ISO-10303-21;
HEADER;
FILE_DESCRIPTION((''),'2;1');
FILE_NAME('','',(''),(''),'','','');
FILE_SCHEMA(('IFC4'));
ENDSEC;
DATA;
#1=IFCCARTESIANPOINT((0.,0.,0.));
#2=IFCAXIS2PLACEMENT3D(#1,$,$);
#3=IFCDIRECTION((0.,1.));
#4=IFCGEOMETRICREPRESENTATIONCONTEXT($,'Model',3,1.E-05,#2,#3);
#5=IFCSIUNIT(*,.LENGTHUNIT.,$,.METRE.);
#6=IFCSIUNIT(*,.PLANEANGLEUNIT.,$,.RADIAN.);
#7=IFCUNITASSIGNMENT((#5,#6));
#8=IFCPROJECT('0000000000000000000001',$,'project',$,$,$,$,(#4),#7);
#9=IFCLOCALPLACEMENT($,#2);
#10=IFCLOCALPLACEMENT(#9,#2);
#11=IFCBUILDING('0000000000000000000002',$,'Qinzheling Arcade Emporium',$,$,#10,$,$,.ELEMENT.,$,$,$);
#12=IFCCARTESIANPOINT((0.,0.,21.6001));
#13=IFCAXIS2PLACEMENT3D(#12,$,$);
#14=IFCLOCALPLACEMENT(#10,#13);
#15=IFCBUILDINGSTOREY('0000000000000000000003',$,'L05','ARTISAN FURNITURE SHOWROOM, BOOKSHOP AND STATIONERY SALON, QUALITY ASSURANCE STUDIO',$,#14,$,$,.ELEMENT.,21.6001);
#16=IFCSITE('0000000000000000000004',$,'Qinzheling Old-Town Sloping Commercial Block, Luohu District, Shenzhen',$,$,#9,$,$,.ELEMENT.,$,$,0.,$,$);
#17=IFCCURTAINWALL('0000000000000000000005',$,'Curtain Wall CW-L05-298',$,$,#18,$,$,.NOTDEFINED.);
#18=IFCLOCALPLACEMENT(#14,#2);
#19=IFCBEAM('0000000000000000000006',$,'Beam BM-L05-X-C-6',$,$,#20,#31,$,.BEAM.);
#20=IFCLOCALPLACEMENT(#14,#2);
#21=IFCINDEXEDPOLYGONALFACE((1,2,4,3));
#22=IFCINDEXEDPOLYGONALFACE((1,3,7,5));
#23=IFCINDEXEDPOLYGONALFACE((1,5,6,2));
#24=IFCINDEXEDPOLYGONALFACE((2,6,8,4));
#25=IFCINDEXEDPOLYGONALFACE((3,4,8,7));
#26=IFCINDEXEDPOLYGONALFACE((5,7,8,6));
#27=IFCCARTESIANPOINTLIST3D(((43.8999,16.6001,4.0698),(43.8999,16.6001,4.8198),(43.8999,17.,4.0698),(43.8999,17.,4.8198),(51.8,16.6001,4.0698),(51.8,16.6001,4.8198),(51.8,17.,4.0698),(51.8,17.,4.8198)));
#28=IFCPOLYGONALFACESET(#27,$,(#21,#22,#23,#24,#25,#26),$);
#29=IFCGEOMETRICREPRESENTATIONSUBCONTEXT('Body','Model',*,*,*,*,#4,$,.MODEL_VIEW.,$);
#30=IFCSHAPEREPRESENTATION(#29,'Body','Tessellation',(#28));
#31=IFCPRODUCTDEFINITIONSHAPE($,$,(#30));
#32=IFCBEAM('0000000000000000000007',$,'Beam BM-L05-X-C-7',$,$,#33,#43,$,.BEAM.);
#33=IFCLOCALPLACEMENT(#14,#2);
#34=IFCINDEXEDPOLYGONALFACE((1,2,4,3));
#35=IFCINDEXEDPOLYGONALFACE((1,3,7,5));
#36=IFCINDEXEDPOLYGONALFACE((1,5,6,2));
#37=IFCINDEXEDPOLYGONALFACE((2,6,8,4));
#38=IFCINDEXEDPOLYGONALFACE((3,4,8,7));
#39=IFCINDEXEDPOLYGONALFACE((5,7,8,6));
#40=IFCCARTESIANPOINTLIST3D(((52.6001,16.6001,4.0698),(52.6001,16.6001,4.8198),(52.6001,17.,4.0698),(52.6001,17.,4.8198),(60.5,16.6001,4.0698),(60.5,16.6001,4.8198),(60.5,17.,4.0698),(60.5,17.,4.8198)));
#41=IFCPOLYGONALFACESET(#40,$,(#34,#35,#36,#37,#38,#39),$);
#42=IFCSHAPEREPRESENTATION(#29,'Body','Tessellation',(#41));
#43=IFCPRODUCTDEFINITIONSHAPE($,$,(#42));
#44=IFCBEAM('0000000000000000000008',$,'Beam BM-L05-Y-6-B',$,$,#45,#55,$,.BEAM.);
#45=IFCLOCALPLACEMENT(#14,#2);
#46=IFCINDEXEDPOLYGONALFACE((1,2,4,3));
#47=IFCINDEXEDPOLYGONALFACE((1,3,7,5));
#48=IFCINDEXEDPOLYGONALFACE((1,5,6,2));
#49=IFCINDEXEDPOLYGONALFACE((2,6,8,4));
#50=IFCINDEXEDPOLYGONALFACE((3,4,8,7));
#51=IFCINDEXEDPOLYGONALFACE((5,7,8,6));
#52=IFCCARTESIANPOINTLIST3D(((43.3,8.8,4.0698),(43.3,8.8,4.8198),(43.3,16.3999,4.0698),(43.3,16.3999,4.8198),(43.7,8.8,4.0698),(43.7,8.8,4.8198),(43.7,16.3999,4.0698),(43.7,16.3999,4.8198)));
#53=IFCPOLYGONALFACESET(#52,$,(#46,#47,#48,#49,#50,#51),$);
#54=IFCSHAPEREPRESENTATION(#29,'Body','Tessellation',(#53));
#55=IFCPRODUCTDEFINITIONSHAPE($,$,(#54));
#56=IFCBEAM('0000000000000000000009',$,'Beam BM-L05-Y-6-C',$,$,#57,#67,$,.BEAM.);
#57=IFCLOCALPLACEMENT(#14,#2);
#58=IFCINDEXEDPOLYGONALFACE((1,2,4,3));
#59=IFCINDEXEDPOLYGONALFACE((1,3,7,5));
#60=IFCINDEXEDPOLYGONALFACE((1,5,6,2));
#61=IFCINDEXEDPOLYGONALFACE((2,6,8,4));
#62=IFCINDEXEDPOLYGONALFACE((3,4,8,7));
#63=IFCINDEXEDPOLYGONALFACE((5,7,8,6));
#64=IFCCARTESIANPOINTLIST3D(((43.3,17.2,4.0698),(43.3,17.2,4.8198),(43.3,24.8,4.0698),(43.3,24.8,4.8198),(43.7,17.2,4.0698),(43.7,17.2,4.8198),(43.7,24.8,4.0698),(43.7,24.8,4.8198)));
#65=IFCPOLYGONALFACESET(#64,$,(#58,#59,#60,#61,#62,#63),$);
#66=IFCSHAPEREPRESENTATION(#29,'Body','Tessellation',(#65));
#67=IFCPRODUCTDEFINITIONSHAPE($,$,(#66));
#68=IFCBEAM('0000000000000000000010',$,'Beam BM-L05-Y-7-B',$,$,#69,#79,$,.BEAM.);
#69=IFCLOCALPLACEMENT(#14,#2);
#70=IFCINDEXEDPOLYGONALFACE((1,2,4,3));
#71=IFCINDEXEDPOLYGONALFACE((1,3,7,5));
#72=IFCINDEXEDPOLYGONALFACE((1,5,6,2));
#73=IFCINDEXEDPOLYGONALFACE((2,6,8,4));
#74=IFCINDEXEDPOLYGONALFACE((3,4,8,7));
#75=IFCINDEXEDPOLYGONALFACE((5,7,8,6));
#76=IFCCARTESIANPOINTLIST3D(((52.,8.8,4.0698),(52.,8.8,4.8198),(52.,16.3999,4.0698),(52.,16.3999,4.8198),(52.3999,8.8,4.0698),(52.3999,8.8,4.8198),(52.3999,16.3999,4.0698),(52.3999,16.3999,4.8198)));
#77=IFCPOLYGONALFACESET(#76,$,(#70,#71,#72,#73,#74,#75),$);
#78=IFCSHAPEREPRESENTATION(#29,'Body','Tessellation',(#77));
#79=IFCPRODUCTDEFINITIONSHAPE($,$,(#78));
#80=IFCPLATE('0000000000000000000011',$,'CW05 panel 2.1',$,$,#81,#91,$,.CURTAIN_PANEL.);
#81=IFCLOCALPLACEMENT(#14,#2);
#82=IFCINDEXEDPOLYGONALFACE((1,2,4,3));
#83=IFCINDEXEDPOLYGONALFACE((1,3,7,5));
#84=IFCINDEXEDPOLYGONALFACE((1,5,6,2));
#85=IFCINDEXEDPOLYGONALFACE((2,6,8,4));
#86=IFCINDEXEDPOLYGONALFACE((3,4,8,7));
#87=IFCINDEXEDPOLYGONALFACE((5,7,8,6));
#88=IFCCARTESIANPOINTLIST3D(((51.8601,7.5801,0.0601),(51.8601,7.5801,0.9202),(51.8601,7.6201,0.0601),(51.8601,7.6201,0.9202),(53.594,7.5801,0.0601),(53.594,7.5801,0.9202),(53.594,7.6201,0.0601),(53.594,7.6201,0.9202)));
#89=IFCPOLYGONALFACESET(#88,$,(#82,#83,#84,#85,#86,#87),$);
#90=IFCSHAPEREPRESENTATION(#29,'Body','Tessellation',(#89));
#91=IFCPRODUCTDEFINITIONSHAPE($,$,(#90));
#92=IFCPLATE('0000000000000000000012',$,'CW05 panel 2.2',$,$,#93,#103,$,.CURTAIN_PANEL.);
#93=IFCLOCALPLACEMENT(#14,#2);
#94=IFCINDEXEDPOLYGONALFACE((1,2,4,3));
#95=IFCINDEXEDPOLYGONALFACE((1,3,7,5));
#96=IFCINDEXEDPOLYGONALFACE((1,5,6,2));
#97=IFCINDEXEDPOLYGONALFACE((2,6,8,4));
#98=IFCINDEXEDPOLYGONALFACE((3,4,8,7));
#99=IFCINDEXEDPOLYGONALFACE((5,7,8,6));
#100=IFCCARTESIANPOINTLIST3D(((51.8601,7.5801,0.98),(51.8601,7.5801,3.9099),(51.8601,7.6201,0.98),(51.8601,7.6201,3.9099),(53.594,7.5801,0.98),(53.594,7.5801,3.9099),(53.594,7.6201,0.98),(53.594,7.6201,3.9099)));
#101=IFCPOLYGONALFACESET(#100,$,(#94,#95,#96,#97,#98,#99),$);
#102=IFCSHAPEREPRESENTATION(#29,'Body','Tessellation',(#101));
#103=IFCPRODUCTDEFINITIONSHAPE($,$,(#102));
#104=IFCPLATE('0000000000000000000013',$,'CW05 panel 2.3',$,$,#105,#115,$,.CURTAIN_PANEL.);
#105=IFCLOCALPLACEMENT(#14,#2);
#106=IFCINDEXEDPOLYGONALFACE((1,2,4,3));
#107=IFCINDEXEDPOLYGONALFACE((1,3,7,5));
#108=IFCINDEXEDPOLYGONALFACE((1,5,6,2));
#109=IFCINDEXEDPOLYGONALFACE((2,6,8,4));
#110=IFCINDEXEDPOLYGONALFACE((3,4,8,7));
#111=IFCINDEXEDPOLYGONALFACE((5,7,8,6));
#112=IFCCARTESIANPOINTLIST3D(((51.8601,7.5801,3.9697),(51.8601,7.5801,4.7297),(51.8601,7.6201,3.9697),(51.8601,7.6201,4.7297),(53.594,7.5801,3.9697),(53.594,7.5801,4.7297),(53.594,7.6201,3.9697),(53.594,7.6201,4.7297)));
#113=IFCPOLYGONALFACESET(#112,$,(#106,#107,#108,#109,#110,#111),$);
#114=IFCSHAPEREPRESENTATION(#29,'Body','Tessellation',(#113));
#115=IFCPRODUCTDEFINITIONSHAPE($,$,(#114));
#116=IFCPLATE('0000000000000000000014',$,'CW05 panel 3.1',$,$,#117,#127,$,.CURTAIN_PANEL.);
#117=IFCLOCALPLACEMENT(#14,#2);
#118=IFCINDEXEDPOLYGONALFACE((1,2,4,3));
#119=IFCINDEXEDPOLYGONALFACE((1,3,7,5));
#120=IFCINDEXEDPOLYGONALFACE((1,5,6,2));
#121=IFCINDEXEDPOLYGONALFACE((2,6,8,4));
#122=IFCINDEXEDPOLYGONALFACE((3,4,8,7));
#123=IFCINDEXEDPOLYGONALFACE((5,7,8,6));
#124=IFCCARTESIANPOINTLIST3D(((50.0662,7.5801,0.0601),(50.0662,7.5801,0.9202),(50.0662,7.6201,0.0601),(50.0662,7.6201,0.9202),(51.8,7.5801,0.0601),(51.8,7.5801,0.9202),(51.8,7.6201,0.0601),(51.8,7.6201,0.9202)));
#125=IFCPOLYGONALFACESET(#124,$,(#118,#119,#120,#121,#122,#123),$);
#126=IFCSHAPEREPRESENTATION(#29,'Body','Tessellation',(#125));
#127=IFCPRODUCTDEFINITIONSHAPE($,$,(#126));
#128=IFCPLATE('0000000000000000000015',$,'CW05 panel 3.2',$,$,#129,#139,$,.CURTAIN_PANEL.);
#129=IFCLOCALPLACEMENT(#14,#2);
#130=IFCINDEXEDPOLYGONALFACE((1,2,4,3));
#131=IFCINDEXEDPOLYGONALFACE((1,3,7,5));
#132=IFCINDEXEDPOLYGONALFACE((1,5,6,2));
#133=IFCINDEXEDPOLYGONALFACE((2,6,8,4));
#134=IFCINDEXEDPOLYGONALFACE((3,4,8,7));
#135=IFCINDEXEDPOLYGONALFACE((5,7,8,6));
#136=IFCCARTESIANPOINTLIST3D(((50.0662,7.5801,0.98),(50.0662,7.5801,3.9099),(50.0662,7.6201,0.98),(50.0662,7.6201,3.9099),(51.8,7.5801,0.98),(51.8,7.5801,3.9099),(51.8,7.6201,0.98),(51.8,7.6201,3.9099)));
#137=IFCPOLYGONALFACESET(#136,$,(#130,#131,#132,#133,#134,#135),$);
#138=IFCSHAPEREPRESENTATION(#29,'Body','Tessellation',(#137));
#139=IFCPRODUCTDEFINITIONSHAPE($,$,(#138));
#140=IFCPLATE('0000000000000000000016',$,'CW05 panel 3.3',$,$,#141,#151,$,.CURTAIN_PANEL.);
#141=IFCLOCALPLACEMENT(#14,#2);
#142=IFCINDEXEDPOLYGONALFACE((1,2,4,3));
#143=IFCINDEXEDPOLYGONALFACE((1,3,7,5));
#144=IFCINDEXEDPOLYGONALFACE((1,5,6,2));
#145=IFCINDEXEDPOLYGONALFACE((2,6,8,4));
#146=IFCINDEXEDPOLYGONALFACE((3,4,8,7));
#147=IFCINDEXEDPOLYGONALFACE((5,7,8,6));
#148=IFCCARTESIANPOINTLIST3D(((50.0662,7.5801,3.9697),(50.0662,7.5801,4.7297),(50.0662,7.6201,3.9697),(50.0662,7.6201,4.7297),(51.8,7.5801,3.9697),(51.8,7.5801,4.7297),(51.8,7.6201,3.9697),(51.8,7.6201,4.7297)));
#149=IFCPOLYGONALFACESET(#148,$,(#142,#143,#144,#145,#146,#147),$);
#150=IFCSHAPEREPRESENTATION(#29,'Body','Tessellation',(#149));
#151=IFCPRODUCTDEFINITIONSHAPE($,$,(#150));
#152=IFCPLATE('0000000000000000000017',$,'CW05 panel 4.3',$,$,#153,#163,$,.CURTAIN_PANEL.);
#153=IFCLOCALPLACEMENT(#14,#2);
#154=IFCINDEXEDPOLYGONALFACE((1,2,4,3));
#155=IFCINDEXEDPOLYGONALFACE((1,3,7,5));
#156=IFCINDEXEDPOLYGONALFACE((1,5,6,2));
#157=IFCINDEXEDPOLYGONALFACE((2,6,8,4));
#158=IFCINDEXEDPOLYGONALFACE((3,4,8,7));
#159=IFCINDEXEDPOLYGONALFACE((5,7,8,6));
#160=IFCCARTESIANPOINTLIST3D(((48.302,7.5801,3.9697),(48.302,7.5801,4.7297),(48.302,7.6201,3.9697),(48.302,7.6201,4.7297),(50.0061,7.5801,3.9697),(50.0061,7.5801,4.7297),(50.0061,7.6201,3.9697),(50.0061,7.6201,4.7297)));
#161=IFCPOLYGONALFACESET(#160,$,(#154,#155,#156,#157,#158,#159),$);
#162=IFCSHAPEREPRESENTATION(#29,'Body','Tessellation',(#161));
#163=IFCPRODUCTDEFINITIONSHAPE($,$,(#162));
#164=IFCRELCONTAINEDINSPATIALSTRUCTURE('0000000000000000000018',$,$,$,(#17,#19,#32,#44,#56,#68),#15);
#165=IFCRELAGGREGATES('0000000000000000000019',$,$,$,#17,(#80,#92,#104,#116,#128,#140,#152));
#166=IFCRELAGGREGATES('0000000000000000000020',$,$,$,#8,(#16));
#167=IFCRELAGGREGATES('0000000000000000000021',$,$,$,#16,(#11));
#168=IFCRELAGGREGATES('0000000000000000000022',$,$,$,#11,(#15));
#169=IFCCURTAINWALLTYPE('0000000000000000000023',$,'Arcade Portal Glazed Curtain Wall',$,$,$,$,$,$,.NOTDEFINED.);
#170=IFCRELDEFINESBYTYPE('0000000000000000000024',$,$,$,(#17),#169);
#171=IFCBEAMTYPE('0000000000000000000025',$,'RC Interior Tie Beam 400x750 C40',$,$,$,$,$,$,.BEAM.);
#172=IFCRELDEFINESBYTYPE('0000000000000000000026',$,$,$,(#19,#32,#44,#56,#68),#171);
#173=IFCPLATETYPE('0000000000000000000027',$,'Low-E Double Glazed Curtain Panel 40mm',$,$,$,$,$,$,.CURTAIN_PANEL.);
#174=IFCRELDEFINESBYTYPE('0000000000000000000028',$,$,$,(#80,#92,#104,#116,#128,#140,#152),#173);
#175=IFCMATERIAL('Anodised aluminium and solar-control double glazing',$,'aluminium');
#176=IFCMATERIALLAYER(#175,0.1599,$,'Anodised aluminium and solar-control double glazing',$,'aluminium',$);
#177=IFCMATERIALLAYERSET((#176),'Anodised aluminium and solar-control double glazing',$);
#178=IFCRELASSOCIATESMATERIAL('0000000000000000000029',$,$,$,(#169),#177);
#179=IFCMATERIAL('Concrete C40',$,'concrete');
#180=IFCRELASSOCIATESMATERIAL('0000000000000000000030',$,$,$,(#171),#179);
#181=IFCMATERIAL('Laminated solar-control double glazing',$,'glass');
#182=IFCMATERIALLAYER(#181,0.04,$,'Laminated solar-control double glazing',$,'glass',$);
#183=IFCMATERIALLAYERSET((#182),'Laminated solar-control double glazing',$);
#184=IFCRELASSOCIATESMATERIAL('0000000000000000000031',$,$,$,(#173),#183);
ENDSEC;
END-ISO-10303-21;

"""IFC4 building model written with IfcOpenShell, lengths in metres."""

from ifc_helpers import new_model, si_unit, direction, frame, origin, origin_2d, place, context, subcontext, project, spatial, rectangle, extrude, material, layer, layer_set, material_profile, profile_set, type_object, element, aggregate, save


model = new_model("IFC4")

# Units and contexts
model_context = context("Model", 3, precision=1e-05, world=origin(), true_north=direction((0.0, 1.0)))
body_context = subcontext(model_context, "Body", "Model", "MODEL_VIEW")
ifc_project = project(units=[si_unit("LENGTHUNIT", "METRE"), si_unit("PLANEANGLEUNIT", "RADIAN")], contexts=[model_context])

# Site, building, storey
site_placement = place(None, origin())
site = spatial("IfcSite", under=ifc_project, at=site_placement, Name="Qinzheling Old-Town Sloping Commercial Block, Luohu District, Shenzhen", CompositionType="ELEMENT", RefElevation=0.0)
building_placement = place(site_placement, origin())
building = spatial("IfcBuilding", under=site, at=building_placement, Name="Qinzheling Arcade Emporium", CompositionType="ELEMENT")
storey_placement = place(building_placement, frame((0.0, 0.0, 21.6001)))
storey = spatial("IfcBuildingStorey", under=building, at=storey_placement, Name="L05", Description="ARTISAN FURNITURE SHOWROOM, BOOKSHOP AND STATIONERY SALON, QUALITY ASSURANCE STUDIO", CompositionType="ELEMENT", Elevation=21.6001)

# Shared definitions
ifc_material_1 = material(Name="Concrete C40", Category="concrete")

# Curtain wall
ifc_material_2 = material(Name="Anodised aluminium and solar-control double glazing", Category="aluminium")
ifc_layer_1 = layer(ifc_material_2, 0.1599, Name="Anodised aluminium and solar-control double glazing", Category="aluminium")
ifc_layer_set_1 = layer_set([ifc_layer_1], Name="Anodised aluminium and solar-control double glazing")
curtain_wall_type = type_object("IfcCurtainWallType", Name="Arcade Portal Glazed Curtain Wall", PredefinedType="NOTDEFINED", material=ifc_layer_set_1)
curtain_wall_placement = place(storey_placement, origin())
curtain_wall = element("IfcCurtainWall", 1, at=curtain_wall_placement, inside=storey, type_object=curtain_wall_type, Name="Curtain Wall CW-L05-298", PredefinedType="NOTDEFINED")

# Beams
ifc_material_profile_1 = material_profile(ifc_material_1, rectangle(XDim=0.3999, YDim=0.75, at=origin_2d()), Name="RC 400x750", Category="concrete")
ifc_profile_set_1 = profile_set([ifc_material_profile_1], Name="Concrete C40")
beam_type = type_object("IfcBeamType", Name="RC Interior Tie Beam 400x750 C40", PredefinedType="BEAM", material=ifc_profile_set_1)
for number, where, z_axis, x_axis, name in (
    (2, (43.8999, 16.8, 4.4448), (1.0, 0.0, 0.0), (0.0, 1.0, 0.0), "Beam BM-L05-X-C-6"),
):
    element("IfcBeam", number, at=place(storey_placement, frame(where, z_axis=z_axis, x_axis=x_axis)), inside=storey, type_object=beam_type, Name=name, PredefinedType="BEAM", context=body_context, shape_type="SweptSolid", body=[
        extrude(rectangle(XDim=0.3999, YDim=0.75, at=origin_2d()), origin(), (0.0, 0.0, 1.0), 7.9001),
    ])
beam_1_placement = place(storey_placement, frame((52.6001, 16.8, 4.4448), z_axis=(1.0, 0.0, 0.0), x_axis=(0.0, 1.0, 0.0)))
element("IfcBeam", 3, at=beam_1_placement, inside=storey, type_object=beam_type, Name="Beam BM-L05-X-C-7", PredefinedType="BEAM", context=body_context, shape_type="SweptSolid", body=[
    extrude(rectangle(XDim=0.3999, YDim=0.75, at=origin_2d()), origin(), (0.0, 0.0, 1.0), 7.8999),
])
beam_2_placement = place(storey_placement, frame((43.5, 8.8, 4.4448), z_axis=(0.0, 1.0, 0.0), x_axis=(-1.0, 0.0, 0.0)))
element("IfcBeam", 4, at=beam_2_placement, inside=storey, type_object=beam_type, Name="Beam BM-L05-Y-6-B", PredefinedType="BEAM", context=body_context, shape_type="SweptSolid", body=[
    extrude(rectangle(XDim=0.3999, YDim=0.75, at=origin_2d()), origin(), (0.0, 0.0, 1.0), 7.5999),
])
beam_3_placement = place(storey_placement, frame((43.5, 17.2, 4.4448), z_axis=(0.0, 1.0, 0.0), x_axis=(-1.0, 0.0, 0.0)))
element("IfcBeam", 5, at=beam_3_placement, inside=storey, type_object=beam_type, Name="Beam BM-L05-Y-6-C", PredefinedType="BEAM", context=body_context, shape_type="SweptSolid", body=[
    extrude(rectangle(XDim=0.3999, YDim=0.75, at=origin_2d()), origin(), (0.0, 0.0, 1.0), 7.6001),
])
beam_4_placement = place(storey_placement, frame((52.2, 8.8, 4.4448), z_axis=(0.0, 1.0, 0.0), x_axis=(-1.0, 0.0, 0.0)))
element("IfcBeam", 6, at=beam_4_placement, inside=storey, type_object=beam_type, Name="Beam BM-L05-Y-7-B", PredefinedType="BEAM", context=body_context, shape_type="SweptSolid", body=[
    extrude(rectangle(XDim=0.3999, YDim=0.75, at=origin_2d()), origin(), (0.0, 0.0, 1.0), 7.5999),
])

# Plates
ifc_material_3 = material(Name="Laminated solar-control double glazing", Category="glass")
ifc_layer_2 = layer(ifc_material_3, 0.04, Name="Laminated solar-control double glazing", Category="glass")
ifc_layer_set_2 = layer_set([ifc_layer_2], Name="Laminated solar-control double glazing")
plate_type = type_object("IfcPlateType", Name="Low-E Double Glazed Curtain Panel 40mm", PredefinedType="CURTAIN_PANEL", material=ifc_layer_set_2)
plate_1_placement = place(storey_placement, frame((52.7271, 7.6001, 0.0601), z_axis=(0.0, 0.0, 1.0), x_axis=(-1.0, 0.0, 0.0)))
plate_1 = element("IfcPlate", 7, at=plate_1_placement, type_object=plate_type, Name="CW05 panel 2.1", PredefinedType="CURTAIN_PANEL", context=body_context, shape_type="SweptSolid", body=[
    extrude(rectangle(XDim=1.7339, YDim=0.04, at=origin_2d()), origin(), (0.0, 0.0, 1.0), 0.8601),
])
plate_2_placement = place(storey_placement, frame((52.7271, 7.6001, 0.98), z_axis=(0.0, 0.0, 1.0), x_axis=(-1.0, 0.0, 0.0)))
plate_2 = element("IfcPlate", 8, at=plate_2_placement, type_object=plate_type, Name="CW05 panel 2.2", PredefinedType="CURTAIN_PANEL", context=body_context, shape_type="SweptSolid", body=[
    extrude(rectangle(XDim=1.7339, YDim=0.04, at=origin_2d()), origin(), (0.0, 0.0, 1.0), 2.9299),
])
plate_3_placement = place(storey_placement, frame((52.7271, 7.6001, 3.9697), z_axis=(0.0, 0.0, 1.0), x_axis=(-1.0, 0.0, 0.0)))
plate_3 = element("IfcPlate", 9, at=plate_3_placement, type_object=plate_type, Name="CW05 panel 2.3", PredefinedType="CURTAIN_PANEL", context=body_context, shape_type="SweptSolid", body=[
    extrude(rectangle(XDim=1.7339, YDim=0.04, at=origin_2d()), origin(), (0.0, 0.0, 1.0), 0.76),
])
plate_4_placement = place(storey_placement, frame((50.9331, 7.6001, 0.0601), z_axis=(0.0, 0.0, 1.0), x_axis=(-1.0, 0.0, 0.0)))
plate_4 = element("IfcPlate", 10, at=plate_4_placement, type_object=plate_type, Name="CW05 panel 3.1", PredefinedType="CURTAIN_PANEL", context=body_context, shape_type="SweptSolid", body=[
    extrude(rectangle(XDim=1.7339, YDim=0.04, at=origin_2d()), origin(), (0.0, 0.0, 1.0), 0.8601),
])
plate_5_placement = place(storey_placement, frame((50.9331, 7.6001, 0.98), z_axis=(0.0, 0.0, 1.0), x_axis=(-1.0, 0.0, 0.0)))
plate_5 = element("IfcPlate", 11, at=plate_5_placement, type_object=plate_type, Name="CW05 panel 3.2", PredefinedType="CURTAIN_PANEL", context=body_context, shape_type="SweptSolid", body=[
    extrude(rectangle(XDim=1.7339, YDim=0.04, at=origin_2d()), origin(), (0.0, 0.0, 1.0), 2.9299),
])
plate_6_placement = place(storey_placement, frame((50.9331, 7.6001, 3.9697), z_axis=(0.0, 0.0, 1.0), x_axis=(-1.0, 0.0, 0.0)))
plate_6 = element("IfcPlate", 12, at=plate_6_placement, type_object=plate_type, Name="CW05 panel 3.3", PredefinedType="CURTAIN_PANEL", context=body_context, shape_type="SweptSolid", body=[
    extrude(rectangle(XDim=1.7339, YDim=0.04, at=origin_2d()), origin(), (0.0, 0.0, 1.0), 0.76),
])
plate_7_placement = place(storey_placement, frame((49.1541, 7.6001, 3.9697), z_axis=(0.0, 0.0, 1.0), x_axis=(-1.0, 0.0, 0.0)))
plate_7 = element("IfcPlate", 13, at=plate_7_placement, type_object=plate_type, Name="CW05 panel 4.3", PredefinedType="CURTAIN_PANEL", context=body_context, shape_type="SweptSolid", body=[
    extrude(rectangle(XDim=1.7041, YDim=0.04, at=origin_2d()), origin(), (0.0, 0.0, 1.0), 0.76),
])
aggregate(curtain_wall, [plate_1, plate_2, plate_3, plate_4, plate_5, plate_6, plate_7])

save(model, "model.ifc")
